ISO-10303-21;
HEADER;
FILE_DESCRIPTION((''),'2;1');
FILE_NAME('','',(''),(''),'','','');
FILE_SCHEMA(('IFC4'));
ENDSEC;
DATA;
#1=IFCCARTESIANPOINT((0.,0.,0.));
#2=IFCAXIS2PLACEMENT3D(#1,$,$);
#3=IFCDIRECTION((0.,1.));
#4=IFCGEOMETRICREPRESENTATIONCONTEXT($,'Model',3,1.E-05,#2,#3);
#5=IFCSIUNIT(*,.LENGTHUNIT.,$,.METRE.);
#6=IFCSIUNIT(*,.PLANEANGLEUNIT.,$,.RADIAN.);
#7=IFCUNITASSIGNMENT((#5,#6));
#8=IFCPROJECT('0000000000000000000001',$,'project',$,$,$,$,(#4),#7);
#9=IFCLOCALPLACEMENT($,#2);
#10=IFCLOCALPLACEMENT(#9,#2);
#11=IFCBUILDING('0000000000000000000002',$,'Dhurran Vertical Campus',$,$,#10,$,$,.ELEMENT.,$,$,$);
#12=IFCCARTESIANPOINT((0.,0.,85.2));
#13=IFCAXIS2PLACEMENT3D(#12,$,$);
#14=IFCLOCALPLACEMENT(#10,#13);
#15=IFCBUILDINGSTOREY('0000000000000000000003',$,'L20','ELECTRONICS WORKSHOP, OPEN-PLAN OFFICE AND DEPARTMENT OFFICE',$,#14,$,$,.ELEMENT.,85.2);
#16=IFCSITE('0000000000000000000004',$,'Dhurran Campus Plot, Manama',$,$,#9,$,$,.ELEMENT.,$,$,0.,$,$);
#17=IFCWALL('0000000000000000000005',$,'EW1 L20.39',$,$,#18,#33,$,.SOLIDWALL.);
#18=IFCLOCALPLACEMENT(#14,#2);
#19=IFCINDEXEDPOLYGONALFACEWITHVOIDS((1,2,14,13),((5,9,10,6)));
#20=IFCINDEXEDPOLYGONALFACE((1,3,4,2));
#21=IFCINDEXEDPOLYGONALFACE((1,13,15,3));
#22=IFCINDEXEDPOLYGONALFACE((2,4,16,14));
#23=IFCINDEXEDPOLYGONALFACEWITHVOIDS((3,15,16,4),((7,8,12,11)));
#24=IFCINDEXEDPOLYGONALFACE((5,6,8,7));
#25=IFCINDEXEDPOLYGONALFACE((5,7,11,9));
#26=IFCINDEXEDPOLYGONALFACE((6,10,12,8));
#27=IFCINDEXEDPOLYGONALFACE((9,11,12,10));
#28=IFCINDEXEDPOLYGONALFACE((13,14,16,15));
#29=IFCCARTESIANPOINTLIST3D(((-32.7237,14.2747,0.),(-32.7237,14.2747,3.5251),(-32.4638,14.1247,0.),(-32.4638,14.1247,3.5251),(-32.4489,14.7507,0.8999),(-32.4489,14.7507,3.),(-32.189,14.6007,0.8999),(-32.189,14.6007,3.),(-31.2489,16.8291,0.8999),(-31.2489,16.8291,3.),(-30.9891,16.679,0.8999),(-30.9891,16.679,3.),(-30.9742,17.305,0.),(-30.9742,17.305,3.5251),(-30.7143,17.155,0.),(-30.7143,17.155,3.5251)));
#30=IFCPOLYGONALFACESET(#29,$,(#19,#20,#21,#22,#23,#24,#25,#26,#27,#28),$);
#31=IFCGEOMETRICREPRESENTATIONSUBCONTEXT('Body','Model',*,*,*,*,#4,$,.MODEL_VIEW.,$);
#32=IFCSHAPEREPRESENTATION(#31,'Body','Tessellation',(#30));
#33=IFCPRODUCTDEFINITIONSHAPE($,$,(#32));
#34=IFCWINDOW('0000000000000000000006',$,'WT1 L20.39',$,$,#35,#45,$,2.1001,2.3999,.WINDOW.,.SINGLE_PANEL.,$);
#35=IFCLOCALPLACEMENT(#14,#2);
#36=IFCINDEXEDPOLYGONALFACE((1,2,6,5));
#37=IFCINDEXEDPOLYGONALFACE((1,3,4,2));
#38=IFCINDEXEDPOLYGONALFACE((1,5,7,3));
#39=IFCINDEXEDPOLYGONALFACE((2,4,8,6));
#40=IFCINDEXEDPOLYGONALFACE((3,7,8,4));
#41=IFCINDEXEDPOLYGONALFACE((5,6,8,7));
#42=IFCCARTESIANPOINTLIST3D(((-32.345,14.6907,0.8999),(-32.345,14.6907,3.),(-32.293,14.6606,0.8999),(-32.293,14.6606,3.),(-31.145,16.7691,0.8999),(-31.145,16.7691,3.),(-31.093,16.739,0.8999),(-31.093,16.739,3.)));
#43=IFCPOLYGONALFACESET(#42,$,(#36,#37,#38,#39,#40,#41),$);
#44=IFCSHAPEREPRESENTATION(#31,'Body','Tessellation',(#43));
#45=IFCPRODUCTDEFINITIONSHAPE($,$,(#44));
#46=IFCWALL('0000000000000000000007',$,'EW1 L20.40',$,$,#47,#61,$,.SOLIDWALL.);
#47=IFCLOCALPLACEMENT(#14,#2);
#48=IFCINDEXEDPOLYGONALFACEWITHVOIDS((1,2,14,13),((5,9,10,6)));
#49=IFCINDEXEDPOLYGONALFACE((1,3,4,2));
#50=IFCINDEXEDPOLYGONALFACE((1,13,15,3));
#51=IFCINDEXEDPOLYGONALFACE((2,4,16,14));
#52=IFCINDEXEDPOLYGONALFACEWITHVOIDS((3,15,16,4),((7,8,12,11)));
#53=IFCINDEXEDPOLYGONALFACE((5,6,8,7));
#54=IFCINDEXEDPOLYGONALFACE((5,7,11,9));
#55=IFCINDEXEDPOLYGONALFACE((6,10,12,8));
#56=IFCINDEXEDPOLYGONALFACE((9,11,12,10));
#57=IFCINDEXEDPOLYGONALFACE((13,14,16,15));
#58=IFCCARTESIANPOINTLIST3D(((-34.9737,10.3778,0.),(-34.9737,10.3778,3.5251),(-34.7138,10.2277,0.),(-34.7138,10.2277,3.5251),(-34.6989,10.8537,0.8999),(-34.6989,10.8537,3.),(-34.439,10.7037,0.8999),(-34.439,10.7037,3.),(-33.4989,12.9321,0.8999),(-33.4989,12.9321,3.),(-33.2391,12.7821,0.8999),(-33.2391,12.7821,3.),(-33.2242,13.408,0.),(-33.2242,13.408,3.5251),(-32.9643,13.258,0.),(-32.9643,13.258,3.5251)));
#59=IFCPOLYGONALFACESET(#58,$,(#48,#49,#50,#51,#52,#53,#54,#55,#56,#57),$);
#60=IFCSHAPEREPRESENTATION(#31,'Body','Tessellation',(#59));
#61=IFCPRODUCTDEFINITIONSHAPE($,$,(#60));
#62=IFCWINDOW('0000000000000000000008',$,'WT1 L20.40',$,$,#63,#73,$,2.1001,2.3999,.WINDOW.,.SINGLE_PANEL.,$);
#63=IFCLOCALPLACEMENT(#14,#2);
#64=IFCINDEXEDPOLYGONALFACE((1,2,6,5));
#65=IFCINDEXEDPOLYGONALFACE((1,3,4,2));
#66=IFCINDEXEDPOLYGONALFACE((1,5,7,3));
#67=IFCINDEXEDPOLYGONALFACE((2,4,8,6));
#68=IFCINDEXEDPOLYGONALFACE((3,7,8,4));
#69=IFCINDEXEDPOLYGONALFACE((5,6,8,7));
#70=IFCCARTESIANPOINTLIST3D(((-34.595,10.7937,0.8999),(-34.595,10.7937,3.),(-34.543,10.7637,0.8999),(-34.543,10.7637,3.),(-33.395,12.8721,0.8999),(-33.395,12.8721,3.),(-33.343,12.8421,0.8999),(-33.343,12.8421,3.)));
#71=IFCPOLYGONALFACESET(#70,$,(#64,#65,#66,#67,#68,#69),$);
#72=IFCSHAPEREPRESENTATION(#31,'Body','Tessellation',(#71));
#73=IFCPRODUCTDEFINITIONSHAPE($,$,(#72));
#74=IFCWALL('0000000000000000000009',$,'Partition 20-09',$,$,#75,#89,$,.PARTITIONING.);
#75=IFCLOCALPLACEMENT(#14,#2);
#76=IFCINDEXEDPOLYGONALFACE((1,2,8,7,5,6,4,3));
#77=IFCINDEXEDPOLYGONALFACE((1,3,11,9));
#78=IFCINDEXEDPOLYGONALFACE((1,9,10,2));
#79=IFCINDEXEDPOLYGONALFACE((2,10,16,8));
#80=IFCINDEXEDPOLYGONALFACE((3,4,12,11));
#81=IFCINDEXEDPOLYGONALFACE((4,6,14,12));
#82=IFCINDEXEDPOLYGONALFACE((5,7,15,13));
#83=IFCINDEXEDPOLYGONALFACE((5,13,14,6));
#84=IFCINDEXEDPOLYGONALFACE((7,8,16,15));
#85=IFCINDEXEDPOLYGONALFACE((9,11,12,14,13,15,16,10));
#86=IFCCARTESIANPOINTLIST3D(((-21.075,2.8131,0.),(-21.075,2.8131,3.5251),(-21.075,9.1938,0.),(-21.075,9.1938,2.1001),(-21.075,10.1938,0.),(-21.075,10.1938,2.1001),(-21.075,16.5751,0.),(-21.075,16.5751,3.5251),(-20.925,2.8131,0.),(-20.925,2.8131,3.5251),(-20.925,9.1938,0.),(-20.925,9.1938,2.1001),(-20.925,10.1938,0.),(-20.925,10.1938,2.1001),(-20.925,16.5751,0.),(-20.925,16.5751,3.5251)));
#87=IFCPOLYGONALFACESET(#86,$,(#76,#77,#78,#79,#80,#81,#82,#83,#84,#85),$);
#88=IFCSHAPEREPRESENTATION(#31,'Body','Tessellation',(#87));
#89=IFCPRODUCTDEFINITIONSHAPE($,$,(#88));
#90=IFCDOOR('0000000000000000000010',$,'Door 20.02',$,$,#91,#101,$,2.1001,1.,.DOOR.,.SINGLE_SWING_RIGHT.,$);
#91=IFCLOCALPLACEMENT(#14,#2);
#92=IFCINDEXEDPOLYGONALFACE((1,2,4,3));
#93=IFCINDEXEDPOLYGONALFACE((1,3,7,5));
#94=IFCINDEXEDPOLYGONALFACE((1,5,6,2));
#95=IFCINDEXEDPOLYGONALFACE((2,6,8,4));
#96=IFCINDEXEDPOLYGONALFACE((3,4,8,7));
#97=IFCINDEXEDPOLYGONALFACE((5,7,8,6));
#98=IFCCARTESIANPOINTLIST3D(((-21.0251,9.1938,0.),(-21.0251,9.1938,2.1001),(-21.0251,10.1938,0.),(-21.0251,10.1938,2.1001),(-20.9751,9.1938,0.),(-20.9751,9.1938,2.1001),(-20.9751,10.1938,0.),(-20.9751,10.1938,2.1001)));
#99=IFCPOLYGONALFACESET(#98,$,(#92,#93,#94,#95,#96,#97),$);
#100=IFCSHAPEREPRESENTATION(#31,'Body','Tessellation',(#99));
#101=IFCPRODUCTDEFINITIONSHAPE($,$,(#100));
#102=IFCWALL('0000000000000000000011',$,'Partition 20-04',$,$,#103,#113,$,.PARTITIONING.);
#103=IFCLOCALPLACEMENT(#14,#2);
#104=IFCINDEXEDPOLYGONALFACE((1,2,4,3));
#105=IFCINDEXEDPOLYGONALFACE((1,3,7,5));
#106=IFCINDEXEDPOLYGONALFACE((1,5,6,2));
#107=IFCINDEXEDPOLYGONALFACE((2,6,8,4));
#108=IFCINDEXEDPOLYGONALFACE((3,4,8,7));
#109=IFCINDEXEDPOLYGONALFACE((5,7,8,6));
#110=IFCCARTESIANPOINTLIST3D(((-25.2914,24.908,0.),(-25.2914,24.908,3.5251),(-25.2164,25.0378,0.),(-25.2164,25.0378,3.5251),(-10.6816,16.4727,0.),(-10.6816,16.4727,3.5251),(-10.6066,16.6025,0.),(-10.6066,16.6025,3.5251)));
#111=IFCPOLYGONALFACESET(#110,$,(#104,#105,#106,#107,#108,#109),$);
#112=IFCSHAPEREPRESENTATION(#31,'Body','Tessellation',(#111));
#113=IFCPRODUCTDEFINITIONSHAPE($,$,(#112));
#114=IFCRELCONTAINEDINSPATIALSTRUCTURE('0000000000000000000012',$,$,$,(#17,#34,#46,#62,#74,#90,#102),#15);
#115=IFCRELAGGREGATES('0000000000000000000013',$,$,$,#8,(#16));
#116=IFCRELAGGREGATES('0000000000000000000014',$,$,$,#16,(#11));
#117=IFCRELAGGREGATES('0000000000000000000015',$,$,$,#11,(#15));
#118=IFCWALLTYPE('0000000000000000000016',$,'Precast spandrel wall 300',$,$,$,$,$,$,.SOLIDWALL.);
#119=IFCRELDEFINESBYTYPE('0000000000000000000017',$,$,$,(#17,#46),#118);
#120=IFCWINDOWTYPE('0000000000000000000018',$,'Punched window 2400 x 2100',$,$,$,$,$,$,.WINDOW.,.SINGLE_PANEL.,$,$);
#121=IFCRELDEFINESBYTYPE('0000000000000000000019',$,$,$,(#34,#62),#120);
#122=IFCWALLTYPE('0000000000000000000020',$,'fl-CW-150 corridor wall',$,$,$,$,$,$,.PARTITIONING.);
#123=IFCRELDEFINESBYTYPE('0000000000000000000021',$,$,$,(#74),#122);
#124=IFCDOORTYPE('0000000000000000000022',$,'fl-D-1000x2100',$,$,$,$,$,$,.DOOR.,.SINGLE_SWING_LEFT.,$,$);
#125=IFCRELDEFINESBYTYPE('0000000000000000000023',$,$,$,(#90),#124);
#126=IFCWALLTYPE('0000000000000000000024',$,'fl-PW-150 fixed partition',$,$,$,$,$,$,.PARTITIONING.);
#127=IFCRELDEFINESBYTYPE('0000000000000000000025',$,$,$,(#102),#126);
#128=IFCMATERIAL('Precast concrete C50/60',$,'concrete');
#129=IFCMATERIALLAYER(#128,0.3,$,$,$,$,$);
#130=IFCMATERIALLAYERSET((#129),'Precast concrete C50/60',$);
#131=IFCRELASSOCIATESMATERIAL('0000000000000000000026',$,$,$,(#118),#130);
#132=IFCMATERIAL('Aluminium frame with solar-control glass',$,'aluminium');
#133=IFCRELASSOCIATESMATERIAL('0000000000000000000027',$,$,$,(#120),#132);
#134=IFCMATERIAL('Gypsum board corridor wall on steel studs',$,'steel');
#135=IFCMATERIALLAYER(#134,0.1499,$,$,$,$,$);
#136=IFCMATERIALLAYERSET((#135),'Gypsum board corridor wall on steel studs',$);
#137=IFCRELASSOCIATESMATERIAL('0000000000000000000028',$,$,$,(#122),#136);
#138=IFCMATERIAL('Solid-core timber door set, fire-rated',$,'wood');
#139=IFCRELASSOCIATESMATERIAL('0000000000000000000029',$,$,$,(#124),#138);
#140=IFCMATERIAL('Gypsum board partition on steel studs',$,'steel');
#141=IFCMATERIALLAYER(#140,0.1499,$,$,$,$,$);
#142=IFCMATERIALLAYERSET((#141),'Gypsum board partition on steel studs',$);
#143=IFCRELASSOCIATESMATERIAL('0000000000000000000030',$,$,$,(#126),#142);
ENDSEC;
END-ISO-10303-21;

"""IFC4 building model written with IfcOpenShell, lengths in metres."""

from ifc_helpers import new_model, si_unit, direction, frame, frame_2d, origin, place, context, subcontext, project, spatial, rectangle, extrude, material, layer, layer_set, type_object, element, fill, save


model = new_model("IFC4")

# Units and contexts
model_context = context("Model", 3, precision=1e-05, world=origin(), true_north=direction((0.0, 1.0)))
body_context = subcontext(model_context, "Body", "Model", "MODEL_VIEW")
ifc_project = project(units=[si_unit("LENGTHUNIT", "METRE"), si_unit("PLANEANGLEUNIT", "RADIAN")], contexts=[model_context])

# Site, building, storey
site_placement = place(None, origin())
site = spatial("IfcSite", under=ifc_project, at=site_placement, Name="Dhurran Campus Plot, Manama", CompositionType="ELEMENT", RefElevation=0.0)
building_placement = place(site_placement, origin())
building = spatial("IfcBuilding", under=site, at=building_placement, Name="Dhurran Vertical Campus", CompositionType="ELEMENT")
storey_placement = place(building_placement, frame((0.0, 0.0, 85.2)))
storey = spatial("IfcBuildingStorey", under=building, at=storey_placement, Name="L20", Description="ELECTRONICS WORKSHOP, OPEN-PLAN OFFICE AND DEPARTMENT OFFICE", CompositionType="ELEMENT", Elevation=85.2)

# Walls, openings, windows
ifc_material_1 = material(Name="Precast concrete C50/60", Category="concrete")
ifc_layer_1 = layer(ifc_material_1, 0.3)
ifc_layer_set_1 = layer_set([ifc_layer_1], Name="Precast concrete C50/60")
wall_type_1 = type_object("IfcWallType", Name="Precast spandrel wall 300", PredefinedType="SOLIDWALL", material=ifc_layer_set_1)
ifc_material_2 = material(Name="Aluminium frame with solar-control glass", Category="aluminium")
window_type = type_object("IfcWindowType", Name="Punched window 2400 x 2100", PartitioningType="SINGLE_PANEL", PredefinedType="WINDOW", material=ifc_material_2)
wall_1_placement = place(storey_placement, frame((-30.8442, 17.23, 0.0), z_axis=(0.0, 0.0, 1.0), x_axis=(-0.499996, -0.866028, 0.0)))
wall_1 = element("IfcWall", 1, at=wall_1_placement, inside=storey, type_object=wall_type_1, Name="EW1 L20.39", PredefinedType="SOLIDWALL", context=body_context, shape_type="SweptSolid", body=[
    extrude(rectangle(XDim=3.499, YDim=0.3, at=frame_2d((1.7495, 0.0))), origin(), (0.0, 0.0, 1.0), 3.5251),
])
opening_1_placement = place(wall_1_placement, frame((0.5496, 0.0, 0.8999)))
opening_1 = element("IfcOpeningElement", 2, at=opening_1_placement, cuts=wall_1, PredefinedType="OPENING", context=body_context, shape_type="SweptSolid", body=[
    extrude(rectangle(XDim=2.3999, YDim=2.1001, at=frame_2d((1.2, 1.05))), frame((0.0, 0.1599, 0.0), z_axis=(0.0, -1.0, 0.0), x_axis=(1.0, 0.0, 0.0)), (0.0, 0.0, 1.0), 0.3201),
])
window_1_placement = place(opening_1_placement, origin())
window_1 = element("IfcWindow", 3, at=window_1_placement, inside=storey, type_object=window_type, Name="WT1 L20.39", OverallHeight=2.1001, OverallWidth=2.3999, PartitioningType="SINGLE_PANEL", PredefinedType="WINDOW", context=body_context, shape_type="SweptSolid", body=[
    extrude(rectangle(XDim=2.3999, YDim=2.1001, at=frame_2d((1.2, 1.05))), frame((0.0, 0.03, 0.0), z_axis=(0.0, -1.0, 0.0), x_axis=(1.0, 0.0, 0.0)), (0.0, 0.0, 1.0), 0.0601),
])
fill(opening_1, window_1)
wall_2_placement = place(storey_placement, frame((-33.0942, 13.333, 0.0), z_axis=(0.0, 0.0, 1.0), x_axis=(-0.499996, -0.866028, 0.0)))
wall_2 = element("IfcWall", 4, at=wall_2_placement, inside=storey, type_object=wall_type_1, Name="EW1 L20.40", PredefinedType="SOLIDWALL", context=body_context, shape_type="SweptSolid", body=[
    extrude(rectangle(XDim=3.499, YDim=0.3, at=frame_2d((1.7495, 0.0))), origin(), (0.0, 0.0, 1.0), 3.5251),
])
opening_2_placement = place(wall_2_placement, frame((0.5496, 0.0, 0.8999)))
opening_2 = element("IfcOpeningElement", 5, at=opening_2_placement, cuts=wall_2, PredefinedType="OPENING", context=body_context, shape_type="SweptSolid", body=[
    extrude(rectangle(XDim=2.3999, YDim=2.1001, at=frame_2d((1.2, 1.05))), frame((0.0, 0.1599, 0.0), z_axis=(0.0, -1.0, 0.0), x_axis=(1.0, 0.0, 0.0)), (0.0, 0.0, 1.0), 0.3201),
])
window_2_placement = place(opening_2_placement, origin())
window_2 = element("IfcWindow", 6, at=window_2_placement, inside=storey, type_object=window_type, Name="WT1 L20.40", OverallHeight=2.1001, OverallWidth=2.3999, PartitioningType="SINGLE_PANEL", PredefinedType="WINDOW", context=body_context, shape_type="SweptSolid", body=[
    extrude(rectangle(XDim=2.3999, YDim=2.1001, at=frame_2d((1.2, 1.05))), frame((0.0, 0.03, 0.0), z_axis=(0.0, -1.0, 0.0), x_axis=(1.0, 0.0, 0.0)), (0.0, 0.0, 1.0), 0.0601),
])
fill(opening_2, window_2)

# Wall, opening, door
ifc_material_3 = material(Name="Gypsum board corridor wall on steel studs", Category="steel")
ifc_layer_2 = layer(ifc_material_3, 0.1499)
ifc_layer_set_2 = layer_set([ifc_layer_2], Name="Gypsum board corridor wall on steel studs")
wall_type_2 = type_object("IfcWallType", Name="fl-CW-150 corridor wall", PredefinedType="PARTITIONING", material=ifc_layer_set_2)
wall_3_placement = place(storey_placement, frame((-21.0, 16.575, 0.0), z_axis=(0.0, 0.0, 1.0), x_axis=(0.0, -1.0, 0.0)))
wall_3 = element("IfcWall", 7, at=wall_3_placement, inside=storey, type_object=wall_type_2, Name="Partition 20-09", PredefinedType="PARTITIONING", context=body_context, shape_type="SweptSolid", body=[
    extrude(rectangle(XDim=13.762, YDim=0.1499, at=frame_2d((6.8809, 0.0))), origin(), (0.0, 0.0, 1.0), 3.5251),
])
opening_3_placement = place(wall_3_placement, frame((6.3811, 0.0, 0.0)))
opening_3 = element("IfcOpeningElement", 8, at=opening_3_placement, cuts=wall_3, PredefinedType="OPENING", context=body_context, shape_type="SweptSolid", body=[
    extrude(rectangle(XDim=1.0, YDim=2.1001, at=frame_2d((0.5, 1.05))), frame((0.0, 0.085, 0.0), z_axis=(0.0, -1.0, 0.0), x_axis=(1.0, 0.0, 0.0)), (0.0, 0.0, 1.0), 0.1699),
])
ifc_material_4 = material(Name="Solid-core timber door set, fire-rated", Category="wood")
door_type = type_object("IfcDoorType", Name="fl-D-1000x2100", OperationType="SINGLE_SWING_LEFT", PredefinedType="DOOR", material=ifc_material_4)
door_placement = place(opening_3_placement, origin())
door = element("IfcDoor", 9, at=door_placement, inside=storey, type_object=door_type, Name="Door 20.02", OperationType="SINGLE_SWING_RIGHT", OverallHeight=2.1001, OverallWidth=1.0, PredefinedType="DOOR", context=body_context, shape_type="SweptSolid", body=[
    extrude(rectangle(XDim=1.0, YDim=2.1001, at=frame_2d((0.5, 1.05))), frame((0.0, 0.0249, 0.0), z_axis=(0.0, -1.0, 0.0), x_axis=(1.0, 0.0, 0.0)), (0.0, 0.0, 1.0), 0.05),
])
fill(opening_3, door)

# Wall
ifc_material_5 = material(Name="Gypsum board partition on steel studs", Category="steel")
ifc_layer_3 = layer(ifc_material_5, 0.1499)
ifc_layer_set_3 = layer_set([ifc_layer_3], Name="Gypsum board partition on steel studs")
wall_type_3 = type_object("IfcWallType", Name="fl-PW-150 fixed partition", PredefinedType="PARTITIONING", material=ifc_layer_set_3)
wall_4_placement = place(storey_placement, frame((-25.2539, 24.9729, 0.0), z_axis=(0.0, 0.0, 1.0), x_axis=(0.866018, -0.500013, 0.0)))
element("IfcWall", 10, at=wall_4_placement, inside=storey, type_object=wall_type_3, Name="Partition 20-04", PredefinedType="PARTITIONING", context=body_context, shape_type="SweptSolid", body=[
    extrude(rectangle(XDim=16.8701, YDim=0.1499, at=frame_2d((8.4351, 0.0))), origin(), (0.0, 0.0, 1.0), 3.5251),
])

save(model, "model.ifc")
